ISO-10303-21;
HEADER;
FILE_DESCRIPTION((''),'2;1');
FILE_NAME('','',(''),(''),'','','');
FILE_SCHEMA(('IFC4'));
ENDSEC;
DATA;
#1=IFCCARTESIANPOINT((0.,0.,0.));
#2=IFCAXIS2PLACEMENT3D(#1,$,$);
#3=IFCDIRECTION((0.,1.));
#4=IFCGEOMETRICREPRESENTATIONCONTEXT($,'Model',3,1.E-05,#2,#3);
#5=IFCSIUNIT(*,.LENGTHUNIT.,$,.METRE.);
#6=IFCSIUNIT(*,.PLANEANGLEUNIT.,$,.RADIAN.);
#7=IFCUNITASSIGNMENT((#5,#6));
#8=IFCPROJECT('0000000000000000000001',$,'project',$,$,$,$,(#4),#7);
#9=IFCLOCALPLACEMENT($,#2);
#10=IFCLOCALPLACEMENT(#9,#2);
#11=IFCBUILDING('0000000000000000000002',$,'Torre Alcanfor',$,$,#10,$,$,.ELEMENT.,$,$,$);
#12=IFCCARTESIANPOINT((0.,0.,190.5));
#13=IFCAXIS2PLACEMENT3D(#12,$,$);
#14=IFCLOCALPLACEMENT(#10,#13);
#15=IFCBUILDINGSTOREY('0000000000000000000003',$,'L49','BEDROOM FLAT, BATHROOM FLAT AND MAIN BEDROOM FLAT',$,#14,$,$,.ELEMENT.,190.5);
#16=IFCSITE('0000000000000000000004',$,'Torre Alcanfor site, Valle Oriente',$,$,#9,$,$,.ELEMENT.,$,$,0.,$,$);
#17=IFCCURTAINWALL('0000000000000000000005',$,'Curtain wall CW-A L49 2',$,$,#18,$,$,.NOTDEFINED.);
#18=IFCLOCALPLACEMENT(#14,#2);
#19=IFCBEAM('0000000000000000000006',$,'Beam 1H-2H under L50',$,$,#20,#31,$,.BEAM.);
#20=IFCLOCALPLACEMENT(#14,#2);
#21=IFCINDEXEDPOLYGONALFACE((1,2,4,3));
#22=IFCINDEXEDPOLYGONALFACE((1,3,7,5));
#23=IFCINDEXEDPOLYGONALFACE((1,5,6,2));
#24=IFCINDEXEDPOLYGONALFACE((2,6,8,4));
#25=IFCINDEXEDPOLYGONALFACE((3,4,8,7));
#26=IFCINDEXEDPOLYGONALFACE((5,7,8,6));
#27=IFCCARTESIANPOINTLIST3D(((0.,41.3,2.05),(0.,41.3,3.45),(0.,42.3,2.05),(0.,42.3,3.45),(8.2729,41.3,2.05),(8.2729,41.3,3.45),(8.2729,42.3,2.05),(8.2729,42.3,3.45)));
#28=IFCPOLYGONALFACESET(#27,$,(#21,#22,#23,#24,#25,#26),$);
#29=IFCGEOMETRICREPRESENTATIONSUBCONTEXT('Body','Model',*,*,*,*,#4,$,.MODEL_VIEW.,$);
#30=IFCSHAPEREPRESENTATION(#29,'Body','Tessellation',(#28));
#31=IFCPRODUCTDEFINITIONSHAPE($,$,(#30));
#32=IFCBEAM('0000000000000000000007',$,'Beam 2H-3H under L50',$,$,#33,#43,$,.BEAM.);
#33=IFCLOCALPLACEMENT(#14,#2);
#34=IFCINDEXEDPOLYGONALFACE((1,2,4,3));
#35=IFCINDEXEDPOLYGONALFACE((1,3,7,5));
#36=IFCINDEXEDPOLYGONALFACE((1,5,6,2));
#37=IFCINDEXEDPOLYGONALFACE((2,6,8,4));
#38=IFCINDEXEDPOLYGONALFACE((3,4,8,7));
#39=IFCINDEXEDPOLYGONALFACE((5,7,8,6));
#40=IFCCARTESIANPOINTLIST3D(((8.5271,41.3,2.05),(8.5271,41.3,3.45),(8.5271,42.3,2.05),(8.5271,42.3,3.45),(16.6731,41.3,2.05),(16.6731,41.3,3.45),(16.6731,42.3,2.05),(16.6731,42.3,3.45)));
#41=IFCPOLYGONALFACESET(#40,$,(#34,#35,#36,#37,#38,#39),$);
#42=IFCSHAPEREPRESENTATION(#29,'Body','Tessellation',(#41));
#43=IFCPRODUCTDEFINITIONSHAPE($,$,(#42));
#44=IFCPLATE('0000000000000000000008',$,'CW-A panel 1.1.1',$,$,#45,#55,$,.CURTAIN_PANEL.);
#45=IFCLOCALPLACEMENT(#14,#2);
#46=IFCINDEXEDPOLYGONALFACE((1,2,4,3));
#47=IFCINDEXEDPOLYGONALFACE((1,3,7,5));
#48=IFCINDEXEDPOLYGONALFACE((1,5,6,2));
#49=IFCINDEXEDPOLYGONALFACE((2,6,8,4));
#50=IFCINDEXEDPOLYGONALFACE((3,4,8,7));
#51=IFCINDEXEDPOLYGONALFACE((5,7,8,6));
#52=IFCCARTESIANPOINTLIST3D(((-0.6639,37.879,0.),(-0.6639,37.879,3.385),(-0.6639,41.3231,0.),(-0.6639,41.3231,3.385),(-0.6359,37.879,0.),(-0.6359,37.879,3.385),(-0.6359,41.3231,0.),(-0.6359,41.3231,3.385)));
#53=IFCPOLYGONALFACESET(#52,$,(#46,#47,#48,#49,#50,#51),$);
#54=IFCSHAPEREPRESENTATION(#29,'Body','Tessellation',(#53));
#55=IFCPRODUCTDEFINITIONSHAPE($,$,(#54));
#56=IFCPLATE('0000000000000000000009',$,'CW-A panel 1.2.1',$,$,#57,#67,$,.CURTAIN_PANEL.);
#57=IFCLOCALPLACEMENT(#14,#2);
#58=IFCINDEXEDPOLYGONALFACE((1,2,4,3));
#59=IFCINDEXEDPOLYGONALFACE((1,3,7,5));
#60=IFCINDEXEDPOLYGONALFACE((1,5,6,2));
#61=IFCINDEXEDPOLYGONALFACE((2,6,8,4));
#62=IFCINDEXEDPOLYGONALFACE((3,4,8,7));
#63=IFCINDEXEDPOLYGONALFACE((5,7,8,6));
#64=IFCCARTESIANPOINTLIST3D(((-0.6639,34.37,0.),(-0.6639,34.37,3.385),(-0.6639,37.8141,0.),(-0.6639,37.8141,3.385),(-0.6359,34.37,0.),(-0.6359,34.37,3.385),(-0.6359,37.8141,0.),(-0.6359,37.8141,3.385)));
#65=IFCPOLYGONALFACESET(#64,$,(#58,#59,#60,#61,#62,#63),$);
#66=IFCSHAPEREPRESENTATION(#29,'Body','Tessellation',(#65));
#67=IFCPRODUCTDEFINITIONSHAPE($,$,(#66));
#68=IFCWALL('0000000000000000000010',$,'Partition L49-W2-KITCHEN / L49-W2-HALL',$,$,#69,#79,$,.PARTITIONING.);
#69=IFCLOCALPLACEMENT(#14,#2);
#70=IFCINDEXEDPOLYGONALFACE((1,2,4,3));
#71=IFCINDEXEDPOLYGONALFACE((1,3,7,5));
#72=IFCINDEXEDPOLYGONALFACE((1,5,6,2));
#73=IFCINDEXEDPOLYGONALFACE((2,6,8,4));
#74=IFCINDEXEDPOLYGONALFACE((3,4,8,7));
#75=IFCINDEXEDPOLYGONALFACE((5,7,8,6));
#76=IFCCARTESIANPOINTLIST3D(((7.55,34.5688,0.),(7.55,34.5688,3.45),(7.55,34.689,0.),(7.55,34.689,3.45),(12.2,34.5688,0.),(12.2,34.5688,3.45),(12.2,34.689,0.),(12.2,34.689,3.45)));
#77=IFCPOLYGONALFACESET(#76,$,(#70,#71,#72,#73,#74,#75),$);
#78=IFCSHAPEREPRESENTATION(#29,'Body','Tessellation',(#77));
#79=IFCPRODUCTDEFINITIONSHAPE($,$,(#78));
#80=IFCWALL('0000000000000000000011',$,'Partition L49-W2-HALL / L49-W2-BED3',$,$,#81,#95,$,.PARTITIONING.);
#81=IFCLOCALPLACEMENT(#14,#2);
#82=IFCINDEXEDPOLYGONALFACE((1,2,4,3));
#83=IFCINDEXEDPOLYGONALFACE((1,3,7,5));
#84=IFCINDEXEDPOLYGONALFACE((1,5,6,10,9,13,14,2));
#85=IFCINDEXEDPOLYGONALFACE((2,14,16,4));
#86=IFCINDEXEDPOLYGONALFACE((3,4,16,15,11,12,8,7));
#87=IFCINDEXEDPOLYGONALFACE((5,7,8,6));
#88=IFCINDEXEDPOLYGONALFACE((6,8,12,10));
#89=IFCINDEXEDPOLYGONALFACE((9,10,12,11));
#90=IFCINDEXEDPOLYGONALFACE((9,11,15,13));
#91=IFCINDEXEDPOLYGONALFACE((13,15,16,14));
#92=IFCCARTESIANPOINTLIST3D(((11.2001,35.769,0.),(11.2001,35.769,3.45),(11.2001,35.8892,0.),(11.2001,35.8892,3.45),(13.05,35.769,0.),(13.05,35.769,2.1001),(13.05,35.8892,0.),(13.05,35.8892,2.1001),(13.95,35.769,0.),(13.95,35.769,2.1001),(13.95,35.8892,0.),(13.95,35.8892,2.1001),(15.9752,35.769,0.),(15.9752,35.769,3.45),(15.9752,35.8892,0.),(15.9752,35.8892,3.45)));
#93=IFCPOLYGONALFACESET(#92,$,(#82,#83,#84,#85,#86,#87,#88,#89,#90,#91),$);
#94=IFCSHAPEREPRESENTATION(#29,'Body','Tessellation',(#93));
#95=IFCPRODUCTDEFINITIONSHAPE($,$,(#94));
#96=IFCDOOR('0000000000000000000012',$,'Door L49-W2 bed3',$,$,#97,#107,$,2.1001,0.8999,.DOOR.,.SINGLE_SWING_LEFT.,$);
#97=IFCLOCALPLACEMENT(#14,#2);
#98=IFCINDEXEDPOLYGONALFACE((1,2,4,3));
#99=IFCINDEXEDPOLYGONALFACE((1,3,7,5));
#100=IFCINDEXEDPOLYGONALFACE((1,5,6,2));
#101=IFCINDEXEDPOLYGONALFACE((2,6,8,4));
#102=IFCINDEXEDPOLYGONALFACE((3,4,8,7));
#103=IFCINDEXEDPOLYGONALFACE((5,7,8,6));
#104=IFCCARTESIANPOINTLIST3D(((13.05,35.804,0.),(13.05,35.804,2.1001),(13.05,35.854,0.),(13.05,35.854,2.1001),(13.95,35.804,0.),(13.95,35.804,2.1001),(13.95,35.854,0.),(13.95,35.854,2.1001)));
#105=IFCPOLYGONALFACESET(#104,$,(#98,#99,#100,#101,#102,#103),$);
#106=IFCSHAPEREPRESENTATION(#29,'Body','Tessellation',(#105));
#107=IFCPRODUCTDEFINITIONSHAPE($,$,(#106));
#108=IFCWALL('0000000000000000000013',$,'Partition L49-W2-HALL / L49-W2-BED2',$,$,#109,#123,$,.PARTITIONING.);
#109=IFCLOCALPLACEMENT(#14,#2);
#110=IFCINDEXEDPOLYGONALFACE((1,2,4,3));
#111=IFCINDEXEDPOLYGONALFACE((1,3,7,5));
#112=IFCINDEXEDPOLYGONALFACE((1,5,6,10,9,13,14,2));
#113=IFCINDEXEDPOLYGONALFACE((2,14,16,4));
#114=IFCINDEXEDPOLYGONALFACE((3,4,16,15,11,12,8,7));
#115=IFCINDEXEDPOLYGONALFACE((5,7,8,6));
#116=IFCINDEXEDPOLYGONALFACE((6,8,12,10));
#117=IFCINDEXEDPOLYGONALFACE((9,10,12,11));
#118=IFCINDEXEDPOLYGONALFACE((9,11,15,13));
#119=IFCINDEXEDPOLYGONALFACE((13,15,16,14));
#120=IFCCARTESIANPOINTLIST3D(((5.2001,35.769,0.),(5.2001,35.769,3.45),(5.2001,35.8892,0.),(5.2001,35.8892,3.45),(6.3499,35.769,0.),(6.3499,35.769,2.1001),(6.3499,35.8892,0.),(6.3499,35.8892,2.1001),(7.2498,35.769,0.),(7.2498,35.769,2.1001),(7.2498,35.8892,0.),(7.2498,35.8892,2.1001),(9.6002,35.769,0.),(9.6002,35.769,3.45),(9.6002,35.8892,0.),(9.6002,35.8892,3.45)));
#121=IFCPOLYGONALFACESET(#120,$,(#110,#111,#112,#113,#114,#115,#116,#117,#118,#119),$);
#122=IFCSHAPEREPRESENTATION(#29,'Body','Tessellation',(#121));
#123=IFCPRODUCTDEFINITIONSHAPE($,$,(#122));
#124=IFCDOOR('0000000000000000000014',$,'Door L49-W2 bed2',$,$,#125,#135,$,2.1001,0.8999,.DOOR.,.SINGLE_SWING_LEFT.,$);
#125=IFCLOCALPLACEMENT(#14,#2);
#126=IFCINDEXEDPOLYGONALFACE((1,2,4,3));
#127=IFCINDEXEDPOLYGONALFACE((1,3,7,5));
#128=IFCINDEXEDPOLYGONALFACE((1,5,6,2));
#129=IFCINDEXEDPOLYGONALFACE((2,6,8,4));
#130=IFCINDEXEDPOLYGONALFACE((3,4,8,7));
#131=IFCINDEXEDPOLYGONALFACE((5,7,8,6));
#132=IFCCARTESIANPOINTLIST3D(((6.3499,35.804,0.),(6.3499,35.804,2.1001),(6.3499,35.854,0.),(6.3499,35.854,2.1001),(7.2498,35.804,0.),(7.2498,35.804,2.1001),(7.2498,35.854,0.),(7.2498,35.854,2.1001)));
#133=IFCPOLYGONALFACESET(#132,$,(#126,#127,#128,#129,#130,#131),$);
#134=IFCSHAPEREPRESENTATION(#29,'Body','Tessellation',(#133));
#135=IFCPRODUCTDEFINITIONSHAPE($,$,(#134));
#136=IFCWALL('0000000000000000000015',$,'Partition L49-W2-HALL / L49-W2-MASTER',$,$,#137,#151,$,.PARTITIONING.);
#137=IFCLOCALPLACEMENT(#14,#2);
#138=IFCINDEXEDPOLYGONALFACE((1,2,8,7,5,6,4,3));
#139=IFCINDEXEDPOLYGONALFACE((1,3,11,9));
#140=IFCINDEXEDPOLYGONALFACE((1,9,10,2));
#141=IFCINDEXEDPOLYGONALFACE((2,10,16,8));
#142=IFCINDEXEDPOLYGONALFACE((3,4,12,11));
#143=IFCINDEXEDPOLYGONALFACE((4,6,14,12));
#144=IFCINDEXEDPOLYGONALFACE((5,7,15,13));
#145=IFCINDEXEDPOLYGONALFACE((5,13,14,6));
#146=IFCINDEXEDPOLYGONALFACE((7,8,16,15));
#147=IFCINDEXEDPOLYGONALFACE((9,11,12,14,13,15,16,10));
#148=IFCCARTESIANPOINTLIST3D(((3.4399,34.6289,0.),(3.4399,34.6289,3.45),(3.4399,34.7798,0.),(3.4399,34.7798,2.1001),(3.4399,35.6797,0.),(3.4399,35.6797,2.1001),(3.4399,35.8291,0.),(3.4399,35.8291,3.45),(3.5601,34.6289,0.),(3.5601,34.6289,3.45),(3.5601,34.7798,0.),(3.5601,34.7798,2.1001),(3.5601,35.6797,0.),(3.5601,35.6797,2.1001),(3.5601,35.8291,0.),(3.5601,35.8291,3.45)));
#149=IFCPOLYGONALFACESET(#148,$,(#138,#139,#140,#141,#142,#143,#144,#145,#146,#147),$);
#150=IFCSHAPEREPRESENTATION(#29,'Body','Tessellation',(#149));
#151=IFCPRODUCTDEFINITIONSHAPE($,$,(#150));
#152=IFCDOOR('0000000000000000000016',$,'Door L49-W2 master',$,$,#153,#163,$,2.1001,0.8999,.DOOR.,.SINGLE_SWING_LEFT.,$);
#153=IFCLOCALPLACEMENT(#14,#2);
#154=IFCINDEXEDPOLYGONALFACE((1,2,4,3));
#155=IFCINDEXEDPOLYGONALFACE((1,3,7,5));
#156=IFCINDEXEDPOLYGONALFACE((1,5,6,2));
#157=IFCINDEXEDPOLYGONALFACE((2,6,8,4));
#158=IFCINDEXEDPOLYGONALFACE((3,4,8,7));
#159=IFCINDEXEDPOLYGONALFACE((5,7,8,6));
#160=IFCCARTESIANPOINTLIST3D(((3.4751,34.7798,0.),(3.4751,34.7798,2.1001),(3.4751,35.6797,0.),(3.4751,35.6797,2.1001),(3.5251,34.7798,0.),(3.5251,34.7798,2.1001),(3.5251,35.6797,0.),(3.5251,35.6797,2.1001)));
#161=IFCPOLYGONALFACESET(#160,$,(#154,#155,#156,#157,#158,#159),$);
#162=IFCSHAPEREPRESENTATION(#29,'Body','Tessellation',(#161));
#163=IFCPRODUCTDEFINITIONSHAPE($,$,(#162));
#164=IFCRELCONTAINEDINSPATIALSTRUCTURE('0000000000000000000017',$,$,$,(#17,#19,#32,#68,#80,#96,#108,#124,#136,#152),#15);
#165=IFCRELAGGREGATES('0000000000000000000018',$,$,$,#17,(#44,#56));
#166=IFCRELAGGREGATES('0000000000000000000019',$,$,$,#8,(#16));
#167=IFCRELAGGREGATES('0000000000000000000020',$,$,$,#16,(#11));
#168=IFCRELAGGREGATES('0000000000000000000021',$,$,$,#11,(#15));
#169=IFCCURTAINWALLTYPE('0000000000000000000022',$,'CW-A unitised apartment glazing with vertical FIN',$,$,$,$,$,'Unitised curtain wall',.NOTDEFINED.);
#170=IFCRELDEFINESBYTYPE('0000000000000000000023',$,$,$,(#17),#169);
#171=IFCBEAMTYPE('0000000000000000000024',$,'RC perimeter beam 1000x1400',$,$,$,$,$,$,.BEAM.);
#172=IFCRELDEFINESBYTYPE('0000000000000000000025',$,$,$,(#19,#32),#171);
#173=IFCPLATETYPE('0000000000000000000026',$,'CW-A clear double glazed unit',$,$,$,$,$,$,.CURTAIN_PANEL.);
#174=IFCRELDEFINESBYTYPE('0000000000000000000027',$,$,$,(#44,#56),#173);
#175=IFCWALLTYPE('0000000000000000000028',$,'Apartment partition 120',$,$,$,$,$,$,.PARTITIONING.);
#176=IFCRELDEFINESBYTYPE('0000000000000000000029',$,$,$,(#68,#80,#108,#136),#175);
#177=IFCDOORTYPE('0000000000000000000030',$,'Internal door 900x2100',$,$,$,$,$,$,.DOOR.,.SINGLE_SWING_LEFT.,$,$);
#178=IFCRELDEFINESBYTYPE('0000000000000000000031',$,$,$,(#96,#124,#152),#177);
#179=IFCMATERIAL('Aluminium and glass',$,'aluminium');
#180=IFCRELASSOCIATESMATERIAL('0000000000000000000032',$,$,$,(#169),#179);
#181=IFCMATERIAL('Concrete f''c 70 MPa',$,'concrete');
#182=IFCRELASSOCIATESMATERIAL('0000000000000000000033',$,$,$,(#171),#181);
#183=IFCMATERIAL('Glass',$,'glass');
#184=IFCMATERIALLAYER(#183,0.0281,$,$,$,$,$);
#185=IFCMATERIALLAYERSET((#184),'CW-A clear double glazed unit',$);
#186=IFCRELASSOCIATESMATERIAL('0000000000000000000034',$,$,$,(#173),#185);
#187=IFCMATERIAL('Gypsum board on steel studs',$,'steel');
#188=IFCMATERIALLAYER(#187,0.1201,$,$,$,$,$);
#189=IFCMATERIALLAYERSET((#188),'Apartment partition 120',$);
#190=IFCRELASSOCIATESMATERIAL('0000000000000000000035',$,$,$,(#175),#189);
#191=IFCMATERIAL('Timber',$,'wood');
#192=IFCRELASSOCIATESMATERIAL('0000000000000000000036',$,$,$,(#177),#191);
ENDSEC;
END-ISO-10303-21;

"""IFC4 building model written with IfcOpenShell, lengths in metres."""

from ifc_helpers import new_model, si_unit, direction, frame, frame_2d, origin, origin_2d, place, context, subcontext, project, spatial, rectangle, extrude, material, layer, layer_set, material_profile, profile_set, type_object, element, fill, aggregate, save


model = new_model("IFC4")

# Units and contexts
model_context = context("Model", 3, precision=1e-05, world=origin(), true_north=direction((0.0, 1.0)))
body_context = subcontext(model_context, "Body", "Model", "MODEL_VIEW")
ifc_project = project(units=[si_unit("LENGTHUNIT", "METRE"), si_unit("PLANEANGLEUNIT", "RADIAN")], contexts=[model_context])

# Site, building, storey
site_placement = place(None, origin())
site = spatial("IfcSite", under=ifc_project, at=site_placement, Name="Torre Alcanfor site, Valle Oriente", CompositionType="ELEMENT", RefElevation=0.0)
building_placement = place(site_placement, origin())
building = spatial("IfcBuilding", under=site, at=building_placement, Name="Torre Alcanfor", CompositionType="ELEMENT")
storey_placement = place(building_placement, frame((0.0, 0.0, 190.5)))
storey = spatial("IfcBuildingStorey", under=building, at=storey_placement, Name="L49", Description="BEDROOM FLAT, BATHROOM FLAT AND MAIN BEDROOM FLAT", CompositionType="ELEMENT", Elevation=190.5)

# Curtain wall
ifc_material_1 = material(Name="Aluminium and glass", Category="aluminium")
curtain_wall_type = type_object("IfcCurtainWallType", Name="CW-A unitised apartment glazing with vertical FIN", ElementType="Unitised curtain wall", PredefinedType="NOTDEFINED", material=ifc_material_1)
curtain_wall_placement = place(storey_placement, origin())
curtain_wall = element("IfcCurtainWall", 1, at=curtain_wall_placement, inside=storey, type_object=curtain_wall_type, Name="Curtain wall CW-A L49 2", PredefinedType="NOTDEFINED")

# Beams
ifc_material_2 = material(Name="Concrete f'c 70 MPa", Category="concrete")
ifc_material_profile_1 = material_profile(ifc_material_2, rectangle(XDim=1.0, YDim=1.3999, at=origin_2d()), Name="1000x1400")
ifc_profile_set_1 = profile_set([ifc_material_profile_1], Name="Concrete f'c 70 MPa")
beam_type_1 = type_object("IfcBeamType", Name="RC perimeter beam 1000x1400", PredefinedType="BEAM", material=ifc_profile_set_1)
beam_1_placement = place(storey_placement, frame((0.0, 41.8, 2.75), z_axis=(1.0, 0.0, 0.0), x_axis=(0.0, 1.0, 0.0)))
element("IfcBeam", 2, at=beam_1_placement, inside=storey, type_object=beam_type_1, Name="Beam 1H-2H under L50", PredefinedType="BEAM", context=body_context, shape_type="SweptSolid", body=[
    extrude(rectangle(XDim=1.0, YDim=1.3999, at=origin_2d()), origin(), (0.0, 0.0, 1.0), 8.2729),
])
beam_2_placement = place(storey_placement, frame((8.5271, 41.8, 2.75), z_axis=(1.0, 0.0, 0.0), x_axis=(0.0, 1.0, 0.0)))
element("IfcBeam", 3, at=beam_2_placement, inside=storey, type_object=beam_type_1, Name="Beam 2H-3H under L50", PredefinedType="BEAM", context=body_context, shape_type="SweptSolid", body=[
    extrude(rectangle(XDim=1.0, YDim=1.3999, at=origin_2d()), origin(), (0.0, 0.0, 1.0), 8.146),
])

# Plates
ifc_material_3 = material(Name="Glass", Category="glass")
ifc_layer_1 = layer(ifc_material_3, 0.0281)
ifc_layer_set_1 = layer_set([ifc_layer_1], Name="CW-A clear double glazed unit")
plate_type = type_object("IfcPlateType", Name="CW-A clear double glazed unit", PredefinedType="CURTAIN_PANEL", material=ifc_layer_set_1)
plate_1_placement = place(storey_placement, frame((-0.6499, 39.6011, 0.0), z_axis=(0.0, 0.0, 1.0), x_axis=(0.0, -1.0, 0.0)))
plate_1 = element("IfcPlate", 4, at=plate_1_placement, type_object=plate_type, Name="CW-A panel 1.1.1", PredefinedType="CURTAIN_PANEL", context=body_context, shape_type="SweptSolid", body=[
    extrude(rectangle(XDim=3.4441, YDim=0.0281, at=origin_2d()), origin(), (0.0, 0.0, 1.0), 3.385),
])
plate_2_placement = place(storey_placement, frame((-0.6499, 36.092, 0.0), z_axis=(0.0, 0.0, 1.0), x_axis=(0.0, -1.0, 0.0)))
plate_2 = element("IfcPlate", 5, at=plate_2_placement, type_object=plate_type, Name="CW-A panel 1.2.1", PredefinedType="CURTAIN_PANEL", context=body_context, shape_type="SweptSolid", body=[
    extrude(rectangle(XDim=3.4441, YDim=0.0281, at=origin_2d()), origin(), (0.0, 0.0, 1.0), 3.385),
])
aggregate(curtain_wall, [plate_1, plate_2])

# Wall
ifc_material_4 = material(Name="Gypsum board on steel studs", Category="steel")
ifc_layer_2 = layer(ifc_material_4, 0.1201)
ifc_layer_set_2 = layer_set([ifc_layer_2], Name="Apartment partition 120")
wall_type_1 = type_object("IfcWallType", Name="Apartment partition 120", PredefinedType="PARTITIONING", material=ifc_layer_set_2)
wall_1_placement = place(storey_placement, frame((7.55, 34.6289, 0.0), z_axis=(0.0, 0.0, 1.0), x_axis=(1.0, 0.0, 0.0)))
element("IfcWall", 6, at=wall_1_placement, inside=storey, type_object=wall_type_1, Name="Partition L49-W2-KITCHEN / L49-W2-HALL", PredefinedType="PARTITIONING", context=body_context, shape_type="SweptSolid", body=[
    extrude(rectangle(XDim=4.6499, YDim=0.1201, at=frame_2d((2.325, 0.0))), origin(), (0.0, 0.0, 1.0), 3.45),
])

# Walls, openings, doors
wall_2_placement = place(storey_placement, frame((11.2, 35.8291, 0.0), z_axis=(0.0, 0.0, 1.0), x_axis=(1.0, 0.0, 0.0)))
wall_2 = element("IfcWall", 7, at=wall_2_placement, inside=storey, type_object=wall_type_1, Name="Partition L49-W2-HALL / L49-W2-BED3", PredefinedType="PARTITIONING", context=body_context, shape_type="SweptSolid", body=[
    extrude(rectangle(XDim=4.7751, YDim=0.1201, at=frame_2d((2.3877, 0.0))), origin(), (0.0, 0.0, 1.0), 3.45),
])
opening_1_placement = place(wall_2_placement, frame((1.8501, 0.0, 0.0)))
opening_1 = element("IfcOpeningElement", 8, at=opening_1_placement, cuts=wall_2, PredefinedType="OPENING", context=body_context, shape_type="SweptSolid", body=[
    extrude(rectangle(XDim=0.8999, YDim=2.1001, at=frame_2d((0.45, 1.05))), frame((0.0, 0.0701, 0.0), z_axis=(0.0, -1.0, 0.0), x_axis=(1.0, 0.0, 0.0)), (0.0, 0.0, 1.0), 0.1401),
])
ifc_material_5 = material(Name="Timber", Category="wood")
door_type_1 = type_object("IfcDoorType", Name="Internal door 900x2100", OperationType="SINGLE_SWING_LEFT", PredefinedType="DOOR", material=ifc_material_5)
door_1_placement = place(opening_1_placement, origin())
door_1 = element("IfcDoor", 9, at=door_1_placement, inside=storey, type_object=door_type_1, Name="Door L49-W2 bed3", OperationType="SINGLE_SWING_LEFT", OverallHeight=2.1001, OverallWidth=0.8999, PredefinedType="DOOR", context=body_context, shape_type="SweptSolid", body=[
    extrude(rectangle(XDim=0.8999, YDim=2.1001, at=frame_2d((0.45, 1.05))), frame((0.0, 0.0249, 0.0), z_axis=(0.0, -1.0, 0.0), x_axis=(1.0, 0.0, 0.0)), (0.0, 0.0, 1.0), 0.05),
])
fill(opening_1, door_1)
wall_3_placement = place(storey_placement, frame((5.2, 35.8291, 0.0), z_axis=(0.0, 0.0, 1.0), x_axis=(1.0, 0.0, 0.0)))
wall_3 = element("IfcWall", 10, at=wall_3_placement, inside=storey, type_object=wall_type_1, Name="Partition L49-W2-HALL / L49-W2-BED2", PredefinedType="PARTITIONING", context=body_context, shape_type="SweptSolid", body=[
    extrude(rectangle(XDim=4.4001, YDim=0.1201, at=frame_2d((2.2002, 0.0))), origin(), (0.0, 0.0, 1.0), 3.45),
])
opening_2_placement = place(wall_3_placement, frame((1.1499, 0.0, 0.0)))
opening_2 = element("IfcOpeningElement", 11, at=opening_2_placement, cuts=wall_3, PredefinedType="OPENING", context=body_context, shape_type="SweptSolid", body=[
    extrude(rectangle(XDim=0.8999, YDim=2.1001, at=frame_2d((0.45, 1.05))), frame((0.0, 0.0701, 0.0), z_axis=(0.0, -1.0, 0.0), x_axis=(1.0, 0.0, 0.0)), (0.0, 0.0, 1.0), 0.1401),
])
door_2_placement = place(opening_2_placement, origin())
door_2 = element("IfcDoor", 12, at=door_2_placement, inside=storey, type_object=door_type_1, Name="Door L49-W2 bed2", OperationType="SINGLE_SWING_LEFT", OverallHeight=2.1001, OverallWidth=0.8999, PredefinedType="DOOR", context=body_context, shape_type="SweptSolid", body=[
    extrude(rectangle(XDim=0.8999, YDim=2.1001, at=frame_2d((0.45, 1.05))), frame((0.0, 0.0249, 0.0), z_axis=(0.0, -1.0, 0.0), x_axis=(1.0, 0.0, 0.0)), (0.0, 0.0, 1.0), 0.05),
])
fill(opening_2, door_2)
wall_4_placement = place(storey_placement, frame((3.5, 34.6289, 0.0), z_axis=(0.0, 0.0, 1.0), x_axis=(0.0, 1.0, 0.0)))
wall_4 = element("IfcWall", 13, at=wall_4_placement, inside=storey, type_object=wall_type_1, Name="Partition L49-W2-HALL / L49-W2-MASTER", PredefinedType="PARTITIONING", context=body_context, shape_type="SweptSolid", body=[
    extrude(rectangle(XDim=1.2002, YDim=0.1201, at=frame_2d((0.6001, 0.0))), origin(), (0.0, 0.0, 1.0), 3.45),
])
opening_3_placement = place(wall_4_placement, frame((0.1509, 0.0, 0.0)))
opening_3 = element("IfcOpeningElement", 14, at=opening_3_placement, cuts=wall_4, PredefinedType="OPENING", context=body_context, shape_type="SweptSolid", body=[
    extrude(rectangle(XDim=0.8999, YDim=2.1001, at=frame_2d((0.45, 1.05))), frame((0.0, 0.0701, 0.0), z_axis=(0.0, -1.0, 0.0), x_axis=(1.0, 0.0, 0.0)), (0.0, 0.0, 1.0), 0.1401),
])
door_3_placement = place(opening_3_placement, origin())
door_3 = element("IfcDoor", 15, at=door_3_placement, inside=storey, type_object=door_type_1, Name="Door L49-W2 master", OperationType="SINGLE_SWING_LEFT", OverallHeight=2.1001, OverallWidth=0.8999, PredefinedType="DOOR", context=body_context, shape_type="SweptSolid", body=[
    extrude(rectangle(XDim=0.8999, YDim=2.1001, at=frame_2d((0.45, 1.05))), frame((0.0, 0.0249, 0.0), z_axis=(0.0, -1.0, 0.0), x_axis=(1.0, 0.0, 0.0)), (0.0, 0.0, 1.0), 0.05),
])
fill(opening_3, door_3)

save(model, "model.ifc")
